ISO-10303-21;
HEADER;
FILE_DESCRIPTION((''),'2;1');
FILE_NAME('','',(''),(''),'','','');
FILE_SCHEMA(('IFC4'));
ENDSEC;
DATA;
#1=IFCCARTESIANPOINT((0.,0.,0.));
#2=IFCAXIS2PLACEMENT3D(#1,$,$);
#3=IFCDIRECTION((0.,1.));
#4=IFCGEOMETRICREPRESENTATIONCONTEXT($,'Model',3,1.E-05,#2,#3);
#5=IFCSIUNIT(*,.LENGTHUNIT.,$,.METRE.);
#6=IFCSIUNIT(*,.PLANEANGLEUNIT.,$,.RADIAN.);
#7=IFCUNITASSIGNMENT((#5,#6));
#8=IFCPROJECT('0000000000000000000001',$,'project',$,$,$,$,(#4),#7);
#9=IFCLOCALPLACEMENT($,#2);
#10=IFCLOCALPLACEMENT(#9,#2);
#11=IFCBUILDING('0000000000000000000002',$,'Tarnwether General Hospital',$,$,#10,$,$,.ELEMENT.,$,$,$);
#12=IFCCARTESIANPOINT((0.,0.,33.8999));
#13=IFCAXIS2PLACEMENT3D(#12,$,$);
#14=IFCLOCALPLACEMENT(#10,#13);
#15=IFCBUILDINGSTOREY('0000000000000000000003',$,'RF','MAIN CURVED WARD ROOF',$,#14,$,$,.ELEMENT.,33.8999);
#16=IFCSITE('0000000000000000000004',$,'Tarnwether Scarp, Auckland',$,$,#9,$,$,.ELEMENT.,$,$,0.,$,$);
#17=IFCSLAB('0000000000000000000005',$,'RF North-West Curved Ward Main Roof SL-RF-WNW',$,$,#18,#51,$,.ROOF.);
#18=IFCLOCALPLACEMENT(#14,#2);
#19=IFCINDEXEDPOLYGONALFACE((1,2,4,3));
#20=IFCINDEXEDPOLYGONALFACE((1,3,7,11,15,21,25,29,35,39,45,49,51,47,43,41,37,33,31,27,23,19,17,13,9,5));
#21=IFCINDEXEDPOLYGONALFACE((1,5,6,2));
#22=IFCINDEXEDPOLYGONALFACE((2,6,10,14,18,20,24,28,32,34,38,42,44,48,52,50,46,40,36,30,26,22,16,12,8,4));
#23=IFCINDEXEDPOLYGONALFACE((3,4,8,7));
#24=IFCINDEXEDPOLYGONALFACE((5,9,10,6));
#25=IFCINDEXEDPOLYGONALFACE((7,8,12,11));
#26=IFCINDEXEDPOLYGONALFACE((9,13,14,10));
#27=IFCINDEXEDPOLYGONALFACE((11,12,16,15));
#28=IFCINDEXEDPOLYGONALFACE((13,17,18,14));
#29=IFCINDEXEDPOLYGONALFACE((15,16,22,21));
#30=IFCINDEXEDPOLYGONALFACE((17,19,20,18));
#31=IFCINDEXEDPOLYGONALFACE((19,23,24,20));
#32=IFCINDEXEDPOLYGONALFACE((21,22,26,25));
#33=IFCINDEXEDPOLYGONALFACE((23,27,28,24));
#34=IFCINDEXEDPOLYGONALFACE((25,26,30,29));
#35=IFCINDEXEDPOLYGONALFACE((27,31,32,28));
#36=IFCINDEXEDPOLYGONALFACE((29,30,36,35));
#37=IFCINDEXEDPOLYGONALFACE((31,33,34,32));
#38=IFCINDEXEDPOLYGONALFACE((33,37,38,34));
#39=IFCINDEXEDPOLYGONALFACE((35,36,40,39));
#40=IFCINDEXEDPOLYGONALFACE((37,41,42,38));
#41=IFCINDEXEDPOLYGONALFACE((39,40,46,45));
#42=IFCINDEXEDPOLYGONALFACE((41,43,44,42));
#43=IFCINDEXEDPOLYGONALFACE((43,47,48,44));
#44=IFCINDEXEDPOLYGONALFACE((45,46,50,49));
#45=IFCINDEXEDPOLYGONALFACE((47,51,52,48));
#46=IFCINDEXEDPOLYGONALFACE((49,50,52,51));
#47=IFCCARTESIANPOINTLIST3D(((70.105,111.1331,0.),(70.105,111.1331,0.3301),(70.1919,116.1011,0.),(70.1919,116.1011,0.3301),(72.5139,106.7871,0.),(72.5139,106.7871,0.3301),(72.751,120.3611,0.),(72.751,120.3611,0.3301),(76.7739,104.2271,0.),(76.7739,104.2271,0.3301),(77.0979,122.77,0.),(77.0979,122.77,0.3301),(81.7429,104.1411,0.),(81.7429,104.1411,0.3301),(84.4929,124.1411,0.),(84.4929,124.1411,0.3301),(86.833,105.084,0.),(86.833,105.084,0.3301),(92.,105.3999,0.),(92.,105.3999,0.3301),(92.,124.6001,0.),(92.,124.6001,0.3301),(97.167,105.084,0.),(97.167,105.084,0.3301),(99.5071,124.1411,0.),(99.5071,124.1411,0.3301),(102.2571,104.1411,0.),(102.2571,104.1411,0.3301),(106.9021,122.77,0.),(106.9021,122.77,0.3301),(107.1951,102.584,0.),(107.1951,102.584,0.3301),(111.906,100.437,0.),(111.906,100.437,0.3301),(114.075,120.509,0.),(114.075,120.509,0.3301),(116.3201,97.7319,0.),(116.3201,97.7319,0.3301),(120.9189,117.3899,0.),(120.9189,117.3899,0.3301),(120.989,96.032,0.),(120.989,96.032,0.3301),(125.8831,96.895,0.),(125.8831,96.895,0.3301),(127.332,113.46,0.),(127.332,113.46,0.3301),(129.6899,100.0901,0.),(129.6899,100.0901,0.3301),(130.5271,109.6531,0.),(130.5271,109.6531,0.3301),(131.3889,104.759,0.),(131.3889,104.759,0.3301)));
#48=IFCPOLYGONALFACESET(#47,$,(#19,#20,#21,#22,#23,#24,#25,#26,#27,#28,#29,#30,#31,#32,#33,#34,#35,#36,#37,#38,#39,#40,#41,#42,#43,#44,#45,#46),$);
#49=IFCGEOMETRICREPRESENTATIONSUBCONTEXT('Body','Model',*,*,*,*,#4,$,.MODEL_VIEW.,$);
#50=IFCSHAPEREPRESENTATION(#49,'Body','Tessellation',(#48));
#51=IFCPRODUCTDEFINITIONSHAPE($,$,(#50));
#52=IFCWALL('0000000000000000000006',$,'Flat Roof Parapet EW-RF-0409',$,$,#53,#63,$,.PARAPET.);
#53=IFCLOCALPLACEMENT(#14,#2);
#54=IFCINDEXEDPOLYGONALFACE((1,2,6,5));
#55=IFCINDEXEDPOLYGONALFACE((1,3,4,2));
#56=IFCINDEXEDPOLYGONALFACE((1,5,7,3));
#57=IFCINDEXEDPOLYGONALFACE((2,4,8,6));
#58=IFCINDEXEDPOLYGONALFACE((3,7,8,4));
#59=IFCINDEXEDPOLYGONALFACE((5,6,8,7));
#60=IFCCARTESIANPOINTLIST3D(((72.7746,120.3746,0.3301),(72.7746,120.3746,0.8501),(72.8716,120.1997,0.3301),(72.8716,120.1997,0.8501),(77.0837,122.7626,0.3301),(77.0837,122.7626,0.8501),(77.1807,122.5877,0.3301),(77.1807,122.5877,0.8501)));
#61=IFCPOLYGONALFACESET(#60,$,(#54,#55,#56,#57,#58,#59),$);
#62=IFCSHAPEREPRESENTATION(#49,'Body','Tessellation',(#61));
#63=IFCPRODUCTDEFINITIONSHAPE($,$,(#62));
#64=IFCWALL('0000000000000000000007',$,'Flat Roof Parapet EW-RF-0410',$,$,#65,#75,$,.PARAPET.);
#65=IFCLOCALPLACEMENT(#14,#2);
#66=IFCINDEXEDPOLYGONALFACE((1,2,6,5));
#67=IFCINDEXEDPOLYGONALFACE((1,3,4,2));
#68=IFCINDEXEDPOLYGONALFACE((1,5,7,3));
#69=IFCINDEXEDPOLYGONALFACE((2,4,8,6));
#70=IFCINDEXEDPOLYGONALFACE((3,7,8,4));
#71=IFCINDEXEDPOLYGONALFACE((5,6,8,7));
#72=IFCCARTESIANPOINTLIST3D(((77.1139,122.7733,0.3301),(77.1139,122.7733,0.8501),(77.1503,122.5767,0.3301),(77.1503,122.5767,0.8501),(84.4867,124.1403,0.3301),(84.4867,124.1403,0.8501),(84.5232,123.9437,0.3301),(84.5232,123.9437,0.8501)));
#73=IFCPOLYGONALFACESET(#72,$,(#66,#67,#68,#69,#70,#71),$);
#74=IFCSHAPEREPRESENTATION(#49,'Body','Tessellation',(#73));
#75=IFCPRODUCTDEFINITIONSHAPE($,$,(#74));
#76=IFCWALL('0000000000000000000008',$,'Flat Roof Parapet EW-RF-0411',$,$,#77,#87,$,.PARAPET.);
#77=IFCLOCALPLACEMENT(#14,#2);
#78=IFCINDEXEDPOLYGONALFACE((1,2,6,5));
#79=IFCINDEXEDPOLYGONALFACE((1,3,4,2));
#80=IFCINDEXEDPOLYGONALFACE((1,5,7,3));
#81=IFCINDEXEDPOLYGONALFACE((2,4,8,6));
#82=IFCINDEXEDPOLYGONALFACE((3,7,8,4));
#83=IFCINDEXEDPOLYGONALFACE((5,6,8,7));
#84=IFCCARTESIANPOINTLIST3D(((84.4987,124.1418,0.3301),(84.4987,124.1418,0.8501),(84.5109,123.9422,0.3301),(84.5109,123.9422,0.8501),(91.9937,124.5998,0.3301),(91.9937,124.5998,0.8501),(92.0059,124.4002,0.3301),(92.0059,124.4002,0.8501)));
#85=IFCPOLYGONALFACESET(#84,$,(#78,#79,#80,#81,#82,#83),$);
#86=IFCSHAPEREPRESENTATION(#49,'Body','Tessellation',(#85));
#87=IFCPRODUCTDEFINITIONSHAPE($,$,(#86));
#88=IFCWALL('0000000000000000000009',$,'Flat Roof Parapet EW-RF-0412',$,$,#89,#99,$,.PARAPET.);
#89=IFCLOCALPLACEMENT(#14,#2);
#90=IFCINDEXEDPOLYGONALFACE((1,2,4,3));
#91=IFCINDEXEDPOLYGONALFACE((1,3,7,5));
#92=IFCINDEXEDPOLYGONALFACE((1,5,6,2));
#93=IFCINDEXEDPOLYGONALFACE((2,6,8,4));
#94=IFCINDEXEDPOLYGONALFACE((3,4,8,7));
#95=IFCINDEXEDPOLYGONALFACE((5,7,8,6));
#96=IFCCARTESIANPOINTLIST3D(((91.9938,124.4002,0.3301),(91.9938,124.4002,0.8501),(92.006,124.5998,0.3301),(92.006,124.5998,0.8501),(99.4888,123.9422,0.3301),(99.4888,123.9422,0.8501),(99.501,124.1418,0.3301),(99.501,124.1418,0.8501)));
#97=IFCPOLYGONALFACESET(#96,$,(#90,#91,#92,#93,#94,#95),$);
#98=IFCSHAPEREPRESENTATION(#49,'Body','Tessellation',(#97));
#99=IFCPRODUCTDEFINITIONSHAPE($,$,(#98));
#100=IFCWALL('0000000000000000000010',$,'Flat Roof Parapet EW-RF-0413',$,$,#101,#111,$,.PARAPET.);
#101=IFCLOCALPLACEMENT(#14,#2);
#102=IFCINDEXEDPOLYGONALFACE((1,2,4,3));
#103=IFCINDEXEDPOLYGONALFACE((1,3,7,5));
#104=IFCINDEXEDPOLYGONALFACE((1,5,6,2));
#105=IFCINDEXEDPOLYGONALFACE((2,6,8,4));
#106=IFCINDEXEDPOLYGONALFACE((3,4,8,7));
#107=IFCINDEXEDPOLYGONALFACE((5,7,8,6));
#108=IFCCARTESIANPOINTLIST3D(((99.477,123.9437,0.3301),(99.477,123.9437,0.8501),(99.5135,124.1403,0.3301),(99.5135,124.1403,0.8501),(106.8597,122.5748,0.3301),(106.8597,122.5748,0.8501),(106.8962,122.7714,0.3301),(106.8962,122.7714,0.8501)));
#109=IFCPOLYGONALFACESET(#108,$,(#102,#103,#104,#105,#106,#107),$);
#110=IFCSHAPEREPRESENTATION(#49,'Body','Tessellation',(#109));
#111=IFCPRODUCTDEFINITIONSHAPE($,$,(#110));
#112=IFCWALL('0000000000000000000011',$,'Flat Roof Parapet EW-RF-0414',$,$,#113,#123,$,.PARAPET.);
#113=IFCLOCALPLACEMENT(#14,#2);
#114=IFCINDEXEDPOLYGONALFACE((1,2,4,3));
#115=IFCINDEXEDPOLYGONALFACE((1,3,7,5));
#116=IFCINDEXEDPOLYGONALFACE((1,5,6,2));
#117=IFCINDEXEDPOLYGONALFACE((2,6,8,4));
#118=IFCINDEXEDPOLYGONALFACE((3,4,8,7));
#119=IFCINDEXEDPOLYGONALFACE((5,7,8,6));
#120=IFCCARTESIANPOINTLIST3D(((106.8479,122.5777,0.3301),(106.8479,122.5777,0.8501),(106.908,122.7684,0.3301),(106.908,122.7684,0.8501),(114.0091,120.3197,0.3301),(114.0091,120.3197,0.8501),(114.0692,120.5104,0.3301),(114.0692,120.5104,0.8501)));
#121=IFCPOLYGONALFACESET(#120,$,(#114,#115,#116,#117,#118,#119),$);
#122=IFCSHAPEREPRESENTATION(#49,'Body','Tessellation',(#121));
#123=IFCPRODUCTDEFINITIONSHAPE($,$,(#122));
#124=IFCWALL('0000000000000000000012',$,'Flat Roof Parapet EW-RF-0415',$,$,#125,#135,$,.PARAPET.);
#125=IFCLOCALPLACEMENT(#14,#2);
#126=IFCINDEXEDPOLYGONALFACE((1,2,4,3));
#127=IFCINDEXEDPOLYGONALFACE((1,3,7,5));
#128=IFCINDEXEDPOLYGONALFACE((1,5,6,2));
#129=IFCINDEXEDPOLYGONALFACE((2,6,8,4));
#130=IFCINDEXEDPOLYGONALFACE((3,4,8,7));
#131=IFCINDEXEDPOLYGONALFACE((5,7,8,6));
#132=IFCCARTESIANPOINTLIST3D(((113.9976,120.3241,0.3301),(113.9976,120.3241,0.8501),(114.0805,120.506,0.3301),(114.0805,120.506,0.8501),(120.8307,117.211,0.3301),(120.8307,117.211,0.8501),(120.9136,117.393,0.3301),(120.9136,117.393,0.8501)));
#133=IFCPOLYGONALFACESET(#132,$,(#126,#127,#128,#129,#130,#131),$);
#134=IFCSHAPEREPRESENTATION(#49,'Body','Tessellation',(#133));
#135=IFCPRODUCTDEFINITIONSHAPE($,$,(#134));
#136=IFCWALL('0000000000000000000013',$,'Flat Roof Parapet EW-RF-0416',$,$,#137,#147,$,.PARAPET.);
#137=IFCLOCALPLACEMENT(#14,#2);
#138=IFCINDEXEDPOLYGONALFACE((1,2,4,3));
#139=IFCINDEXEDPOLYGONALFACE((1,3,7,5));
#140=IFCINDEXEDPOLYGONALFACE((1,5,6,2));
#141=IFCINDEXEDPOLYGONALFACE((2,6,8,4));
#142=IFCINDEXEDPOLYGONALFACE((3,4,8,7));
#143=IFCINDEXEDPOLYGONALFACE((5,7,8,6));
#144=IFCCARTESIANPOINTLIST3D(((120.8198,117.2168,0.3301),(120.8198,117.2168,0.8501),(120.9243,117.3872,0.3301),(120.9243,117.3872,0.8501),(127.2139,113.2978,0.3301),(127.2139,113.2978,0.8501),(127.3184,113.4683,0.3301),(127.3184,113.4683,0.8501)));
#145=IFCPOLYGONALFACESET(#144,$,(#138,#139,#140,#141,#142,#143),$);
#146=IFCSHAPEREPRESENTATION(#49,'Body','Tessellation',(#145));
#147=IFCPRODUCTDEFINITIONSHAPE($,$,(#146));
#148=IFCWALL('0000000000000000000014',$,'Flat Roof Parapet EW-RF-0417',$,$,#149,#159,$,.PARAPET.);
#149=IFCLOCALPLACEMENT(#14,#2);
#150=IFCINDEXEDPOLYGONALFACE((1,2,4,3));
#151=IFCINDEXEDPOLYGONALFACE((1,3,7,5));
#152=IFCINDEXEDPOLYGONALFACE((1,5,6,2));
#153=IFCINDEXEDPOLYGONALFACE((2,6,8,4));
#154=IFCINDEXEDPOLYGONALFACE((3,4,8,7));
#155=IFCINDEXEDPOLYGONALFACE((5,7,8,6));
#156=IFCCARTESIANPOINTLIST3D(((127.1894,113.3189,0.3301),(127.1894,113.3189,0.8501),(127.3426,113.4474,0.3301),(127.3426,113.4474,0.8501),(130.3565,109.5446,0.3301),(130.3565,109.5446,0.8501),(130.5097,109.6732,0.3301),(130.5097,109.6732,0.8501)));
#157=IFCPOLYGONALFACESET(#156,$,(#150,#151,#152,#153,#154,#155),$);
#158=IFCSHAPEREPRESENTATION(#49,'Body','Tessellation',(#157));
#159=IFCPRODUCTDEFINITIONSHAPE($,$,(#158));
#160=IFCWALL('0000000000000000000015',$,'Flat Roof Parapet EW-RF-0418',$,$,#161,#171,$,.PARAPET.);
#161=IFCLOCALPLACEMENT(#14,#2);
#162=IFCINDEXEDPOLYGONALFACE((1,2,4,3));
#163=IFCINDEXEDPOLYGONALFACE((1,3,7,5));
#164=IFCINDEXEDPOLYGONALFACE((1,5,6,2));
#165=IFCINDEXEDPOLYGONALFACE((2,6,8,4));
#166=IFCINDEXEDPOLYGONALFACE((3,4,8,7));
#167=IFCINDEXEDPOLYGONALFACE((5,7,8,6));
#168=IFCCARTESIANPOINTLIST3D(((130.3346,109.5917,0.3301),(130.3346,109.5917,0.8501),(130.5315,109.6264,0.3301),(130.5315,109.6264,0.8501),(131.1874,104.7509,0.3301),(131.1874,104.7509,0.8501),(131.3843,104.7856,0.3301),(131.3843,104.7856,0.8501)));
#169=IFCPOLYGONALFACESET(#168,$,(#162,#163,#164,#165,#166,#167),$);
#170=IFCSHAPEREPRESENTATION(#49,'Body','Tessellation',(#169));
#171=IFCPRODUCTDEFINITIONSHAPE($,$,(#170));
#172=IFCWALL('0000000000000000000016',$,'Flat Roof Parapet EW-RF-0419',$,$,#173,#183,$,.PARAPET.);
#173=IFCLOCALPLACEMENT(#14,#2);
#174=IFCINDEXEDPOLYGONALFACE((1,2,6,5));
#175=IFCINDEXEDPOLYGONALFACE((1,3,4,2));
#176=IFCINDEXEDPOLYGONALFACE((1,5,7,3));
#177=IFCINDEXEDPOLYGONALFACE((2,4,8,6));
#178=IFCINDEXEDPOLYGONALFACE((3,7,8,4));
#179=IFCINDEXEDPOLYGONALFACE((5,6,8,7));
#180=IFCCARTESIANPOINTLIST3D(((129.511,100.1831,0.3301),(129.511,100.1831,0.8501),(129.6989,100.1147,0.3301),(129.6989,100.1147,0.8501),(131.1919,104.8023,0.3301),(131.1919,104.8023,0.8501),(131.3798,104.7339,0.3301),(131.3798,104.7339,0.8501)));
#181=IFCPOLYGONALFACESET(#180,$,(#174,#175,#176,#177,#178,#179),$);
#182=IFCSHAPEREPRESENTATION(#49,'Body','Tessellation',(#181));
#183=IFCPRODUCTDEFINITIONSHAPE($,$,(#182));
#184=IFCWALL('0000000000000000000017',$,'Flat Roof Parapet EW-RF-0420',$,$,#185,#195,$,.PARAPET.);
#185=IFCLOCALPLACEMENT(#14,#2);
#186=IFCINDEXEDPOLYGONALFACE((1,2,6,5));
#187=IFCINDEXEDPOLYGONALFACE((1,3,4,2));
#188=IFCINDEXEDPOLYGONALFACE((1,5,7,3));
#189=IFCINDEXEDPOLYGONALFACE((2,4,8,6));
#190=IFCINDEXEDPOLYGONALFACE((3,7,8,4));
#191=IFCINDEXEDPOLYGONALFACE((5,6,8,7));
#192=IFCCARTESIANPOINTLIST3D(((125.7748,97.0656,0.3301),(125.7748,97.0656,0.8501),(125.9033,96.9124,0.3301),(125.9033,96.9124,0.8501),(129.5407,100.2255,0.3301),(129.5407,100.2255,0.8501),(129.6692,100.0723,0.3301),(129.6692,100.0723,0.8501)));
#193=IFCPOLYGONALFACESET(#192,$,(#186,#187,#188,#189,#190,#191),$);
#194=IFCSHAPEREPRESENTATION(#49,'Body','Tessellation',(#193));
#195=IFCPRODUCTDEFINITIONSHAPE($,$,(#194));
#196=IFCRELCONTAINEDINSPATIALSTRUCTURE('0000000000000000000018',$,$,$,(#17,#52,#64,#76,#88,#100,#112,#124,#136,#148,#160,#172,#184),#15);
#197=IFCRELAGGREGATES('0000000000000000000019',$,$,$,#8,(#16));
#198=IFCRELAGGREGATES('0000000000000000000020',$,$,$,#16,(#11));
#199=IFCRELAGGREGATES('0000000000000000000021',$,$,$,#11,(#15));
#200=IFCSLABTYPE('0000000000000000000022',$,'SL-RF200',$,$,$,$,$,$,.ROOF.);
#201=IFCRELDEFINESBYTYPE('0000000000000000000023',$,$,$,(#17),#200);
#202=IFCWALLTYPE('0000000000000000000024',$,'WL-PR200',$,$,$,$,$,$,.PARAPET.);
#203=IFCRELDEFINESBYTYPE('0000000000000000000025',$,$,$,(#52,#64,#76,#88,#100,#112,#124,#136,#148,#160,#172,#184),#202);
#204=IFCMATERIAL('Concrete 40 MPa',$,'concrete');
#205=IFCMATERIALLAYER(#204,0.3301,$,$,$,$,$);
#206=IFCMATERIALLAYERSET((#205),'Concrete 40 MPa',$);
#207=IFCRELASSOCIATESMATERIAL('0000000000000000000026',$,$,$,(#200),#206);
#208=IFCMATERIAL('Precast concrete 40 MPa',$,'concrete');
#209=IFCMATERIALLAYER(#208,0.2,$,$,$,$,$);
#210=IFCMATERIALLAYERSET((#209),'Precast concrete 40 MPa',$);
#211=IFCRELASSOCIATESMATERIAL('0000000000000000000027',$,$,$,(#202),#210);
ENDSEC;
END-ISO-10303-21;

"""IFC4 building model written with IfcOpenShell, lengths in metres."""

from ifc_helpers import new_model, si_unit, direction, frame, frame_2d, origin, place, context, subcontext, project, spatial, polyline, rectangle, outline, extrude, material, layer, layer_set, type_object, element, save


model = new_model("IFC4")

# Units and contexts
model_context = context("Model", 3, precision=1e-05, world=origin(), true_north=direction((0.0, 1.0)))
body_context = subcontext(model_context, "Body", "Model", "MODEL_VIEW")
ifc_project = project(units=[si_unit("LENGTHUNIT", "METRE"), si_unit("PLANEANGLEUNIT", "RADIAN")], contexts=[model_context])

# Site, building, storey
site_placement = place(None, origin())
site = spatial("IfcSite", under=ifc_project, at=site_placement, Name="Tarnwether Scarp, Auckland", CompositionType="ELEMENT", RefElevation=0.0)
building_placement = place(site_placement, origin())
building = spatial("IfcBuilding", under=site, at=building_placement, Name="Tarnwether General Hospital", CompositionType="ELEMENT")
storey_placement = place(building_placement, frame((0.0, 0.0, 33.8999)))
storey = spatial("IfcBuildingStorey", under=building, at=storey_placement, Name="RF", Description="MAIN CURVED WARD ROOF", CompositionType="ELEMENT", Elevation=33.8999)

# Slab
ifc_material_1 = material(Name="Concrete 40 MPa", Category="concrete")
ifc_layer_1 = layer(ifc_material_1, 0.3301)
ifc_layer_set_1 = layer_set([ifc_layer_1], Name="Concrete 40 MPa")
slab_type = type_object("IfcSlabType", Name="SL-RF200", PredefinedType="ROOF", material=ifc_layer_set_1)
slab_placement = place(storey_placement, origin())
element("IfcSlab", 1, at=slab_placement, inside=storey, type_object=slab_type, Name="RF North-West Curved Ward Main Roof SL-RF-WNW", PredefinedType="ROOF", context=body_context, shape_type="SweptSolid", body=[
    extrude(outline(polyline([(72.751, 120.3611), (70.1919, 116.1011), (70.105, 111.1331), (72.5139, 106.7871), (76.7739, 104.2271), (81.7429, 104.1411), (86.833, 105.084), (92.0, 105.3999), (97.167, 105.084), (102.2571, 104.1411), (107.1951, 102.584), (111.906, 100.437), (116.3201, 97.7319), (120.989, 96.032), (125.8831, 96.895), (129.6899, 100.0901), (131.3889, 104.759), (130.5271, 109.6531), (127.332, 113.46), (120.9189, 117.3899), (114.075, 120.509), (106.9021, 122.77), (99.5071, 124.1411), (92.0, 124.6001), (84.4929, 124.1411), (77.0979, 122.77), (72.751, 120.3611)])), origin(), (0.0, 0.0, 1.0), 0.3301),
])

# Walls
ifc_material_2 = material(Name="Precast concrete 40 MPa", Category="concrete")
ifc_layer_2 = layer(ifc_material_2, 0.2)
ifc_layer_set_2 = layer_set([ifc_layer_2], Name="Precast concrete 40 MPa")
wall_type = type_object("IfcWallType", Name="WL-PR200", PredefinedType="PARAPET", material=ifc_layer_set_2)
wall_1_placement = place(storey_placement, frame((72.823, 120.2871, 0.3301), z_axis=(0.0, 0.0, 1.0), x_axis=(0.874673, 0.484713, 0.0)))
element("IfcWall", 2, at=wall_1_placement, inside=storey, type_object=wall_type, Name="Flat Roof Parapet EW-RF-0409", PredefinedType="PARAPET", context=body_context, shape_type="SweptSolid", body=[
    extrude(rectangle(XDim=4.9265, YDim=0.2, at=frame_2d((2.4634, 0.0))), origin(), (0.0, 0.0, 1.0), 0.52),
])
wall_2_placement = place(storey_placement, frame((77.1321, 122.675, 0.3301), z_axis=(0.0, 0.0, 1.0), x_axis=(0.983244, 0.182297, 0.0)))
element("IfcWall", 3, at=wall_2_placement, inside=storey, type_object=wall_type, Name="Flat Roof Parapet EW-RF-0410", PredefinedType="PARAPET", context=body_context, shape_type="SweptSolid", body=[
    extrude(rectangle(XDim=7.4985, YDim=0.2, at=frame_2d((3.7493, 0.0))), origin(), (0.0, 0.0, 1.0), 0.52),
])
for number, where, z_axis, x_axis, name in (
    (4, (84.5049, 124.042, 0.3301), (0.0, 0.0, 1.0), (0.998138, 0.060994, 0.0), "Flat Roof Parapet EW-RF-0411"),
    (5, (92.0, 124.5, 0.3301), (0.0, 0.0, 1.0), (0.998138, -0.060994, 0.0), "Flat Roof Parapet EW-RF-0412"),
):
    element("IfcWall", number, at=place(storey_placement, frame(where, z_axis=z_axis, x_axis=x_axis)), inside=storey, type_object=wall_type, Name=name, PredefinedType="PARAPET", context=body_context, shape_type="SweptSolid", body=[
        extrude(rectangle(XDim=7.509, YDim=0.2, at=frame_2d((3.7544, 0.0))), origin(), (0.0, 0.0, 1.0), 0.52),
    ])
wall_3_placement = place(storey_placement, frame((99.4951, 124.042, 0.3301), z_axis=(0.0, 0.0, 1.0), x_axis=(0.983241, -0.182309, 0.0)))
element("IfcWall", 6, at=wall_3_placement, inside=storey, type_object=wall_type, Name="Flat Roof Parapet EW-RF-0413", PredefinedType="PARAPET", context=body_context, shape_type="SweptSolid", body=[
    extrude(rectangle(XDim=7.5085, YDim=0.2, at=frame_2d((3.7544, 0.0))), origin(), (0.0, 0.0, 1.0), 0.52),
])
for number, where, z_axis, x_axis, name in (
    (7, (106.8779, 122.6731, 0.3301), (0.0, 0.0, 1.0), (0.953711, -0.300725, 0.0), "Flat Roof Parapet EW-RF-0414"),
    (8, (114.0391, 120.415, 0.3301), (0.0, 0.0, 1.0), (0.910009, -0.414589, 0.0), "Flat Roof Parapet EW-RF-0415"),
):
    element("IfcWall", number, at=place(storey_placement, frame(where, z_axis=z_axis, x_axis=x_axis)), inside=storey, type_object=wall_type, Name=name, PredefinedType="PARAPET", context=body_context, shape_type="SweptSolid", body=[
        extrude(rectangle(XDim=7.5088, YDim=0.2, at=frame_2d((3.7544, 0.0))), origin(), (0.0, 0.0, 1.0), 0.52),
    ])
wall_4_placement = place(storey_placement, frame((120.8721, 117.302, 0.3301), z_axis=(0.0, 0.0, 1.0), x_axis=(0.8526, -0.522564, 0.0)))
element("IfcWall", 9, at=wall_4_placement, inside=storey, type_object=wall_type, Name="Flat Roof Parapet EW-RF-0416", PredefinedType="PARAPET", context=body_context, shape_type="SweptSolid", body=[
    extrude(rectangle(XDim=7.4995, YDim=0.2, at=frame_2d((3.7498, 0.0))), origin(), (0.0, 0.0, 1.0), 0.52),
])
wall_5_placement = place(storey_placement, frame((127.2661, 113.3831, 0.3301), z_axis=(0.0, 0.0, 1.0), x_axis=(0.642798, -0.766036, 0.0)))
element("IfcWall", 10, at=wall_5_placement, inside=storey, type_object=wall_type, Name="Flat Roof Parapet EW-RF-0417", PredefinedType="PARAPET", context=body_context, shape_type="SweptSolid", body=[
    extrude(rectangle(XDim=4.927, YDim=0.2, at=frame_2d((2.4634, 0.0))), origin(), (0.0, 0.0, 1.0), 0.52),
])
wall_6_placement = place(storey_placement, frame((130.4331, 109.6089, 0.3301), z_axis=(0.0, 0.0, 1.0), x_axis=(0.173493, -0.984835, 0.0)))
element("IfcWall", 11, at=wall_6_placement, inside=storey, type_object=wall_type, Name="Flat Roof Parapet EW-RF-0418", PredefinedType="PARAPET", context=body_context, shape_type="SweptSolid", body=[
    extrude(rectangle(XDim=4.9153, YDim=0.2, at=frame_2d((2.4575, 0.0))), origin(), (0.0, 0.0, 1.0), 0.52),
])
wall_7_placement = place(storey_placement, frame((131.2859, 104.7681, 0.3301), z_axis=(0.0, 0.0, 1.0), x_axis=(-0.341962, -0.939714, 0.0)))
element("IfcWall", 12, at=wall_7_placement, inside=storey, type_object=wall_type, Name="Flat Roof Parapet EW-RF-0419", PredefinedType="PARAPET", context=body_context, shape_type="SweptSolid", body=[
    extrude(rectangle(XDim=4.9155, YDim=0.2, at=frame_2d((2.4578, 0.0))), origin(), (0.0, 0.0, 1.0), 0.52),
])
wall_8_placement = place(storey_placement, frame((129.605, 100.1489, 0.3301), z_axis=(0.0, 0.0, 1.0), x_axis=(-0.766047, -0.642784, 0.0)))
element("IfcWall", 13, at=wall_8_placement, inside=storey, type_object=wall_type, Name="Flat Roof Parapet EW-RF-0420", PredefinedType="PARAPET", context=body_context, shape_type="SweptSolid", body=[
    extrude(rectangle(XDim=4.916, YDim=0.2, at=frame_2d((2.458, 0.0))), origin(), (0.0, 0.0, 1.0), 0.52),
])

save(model, "model.ifc")
